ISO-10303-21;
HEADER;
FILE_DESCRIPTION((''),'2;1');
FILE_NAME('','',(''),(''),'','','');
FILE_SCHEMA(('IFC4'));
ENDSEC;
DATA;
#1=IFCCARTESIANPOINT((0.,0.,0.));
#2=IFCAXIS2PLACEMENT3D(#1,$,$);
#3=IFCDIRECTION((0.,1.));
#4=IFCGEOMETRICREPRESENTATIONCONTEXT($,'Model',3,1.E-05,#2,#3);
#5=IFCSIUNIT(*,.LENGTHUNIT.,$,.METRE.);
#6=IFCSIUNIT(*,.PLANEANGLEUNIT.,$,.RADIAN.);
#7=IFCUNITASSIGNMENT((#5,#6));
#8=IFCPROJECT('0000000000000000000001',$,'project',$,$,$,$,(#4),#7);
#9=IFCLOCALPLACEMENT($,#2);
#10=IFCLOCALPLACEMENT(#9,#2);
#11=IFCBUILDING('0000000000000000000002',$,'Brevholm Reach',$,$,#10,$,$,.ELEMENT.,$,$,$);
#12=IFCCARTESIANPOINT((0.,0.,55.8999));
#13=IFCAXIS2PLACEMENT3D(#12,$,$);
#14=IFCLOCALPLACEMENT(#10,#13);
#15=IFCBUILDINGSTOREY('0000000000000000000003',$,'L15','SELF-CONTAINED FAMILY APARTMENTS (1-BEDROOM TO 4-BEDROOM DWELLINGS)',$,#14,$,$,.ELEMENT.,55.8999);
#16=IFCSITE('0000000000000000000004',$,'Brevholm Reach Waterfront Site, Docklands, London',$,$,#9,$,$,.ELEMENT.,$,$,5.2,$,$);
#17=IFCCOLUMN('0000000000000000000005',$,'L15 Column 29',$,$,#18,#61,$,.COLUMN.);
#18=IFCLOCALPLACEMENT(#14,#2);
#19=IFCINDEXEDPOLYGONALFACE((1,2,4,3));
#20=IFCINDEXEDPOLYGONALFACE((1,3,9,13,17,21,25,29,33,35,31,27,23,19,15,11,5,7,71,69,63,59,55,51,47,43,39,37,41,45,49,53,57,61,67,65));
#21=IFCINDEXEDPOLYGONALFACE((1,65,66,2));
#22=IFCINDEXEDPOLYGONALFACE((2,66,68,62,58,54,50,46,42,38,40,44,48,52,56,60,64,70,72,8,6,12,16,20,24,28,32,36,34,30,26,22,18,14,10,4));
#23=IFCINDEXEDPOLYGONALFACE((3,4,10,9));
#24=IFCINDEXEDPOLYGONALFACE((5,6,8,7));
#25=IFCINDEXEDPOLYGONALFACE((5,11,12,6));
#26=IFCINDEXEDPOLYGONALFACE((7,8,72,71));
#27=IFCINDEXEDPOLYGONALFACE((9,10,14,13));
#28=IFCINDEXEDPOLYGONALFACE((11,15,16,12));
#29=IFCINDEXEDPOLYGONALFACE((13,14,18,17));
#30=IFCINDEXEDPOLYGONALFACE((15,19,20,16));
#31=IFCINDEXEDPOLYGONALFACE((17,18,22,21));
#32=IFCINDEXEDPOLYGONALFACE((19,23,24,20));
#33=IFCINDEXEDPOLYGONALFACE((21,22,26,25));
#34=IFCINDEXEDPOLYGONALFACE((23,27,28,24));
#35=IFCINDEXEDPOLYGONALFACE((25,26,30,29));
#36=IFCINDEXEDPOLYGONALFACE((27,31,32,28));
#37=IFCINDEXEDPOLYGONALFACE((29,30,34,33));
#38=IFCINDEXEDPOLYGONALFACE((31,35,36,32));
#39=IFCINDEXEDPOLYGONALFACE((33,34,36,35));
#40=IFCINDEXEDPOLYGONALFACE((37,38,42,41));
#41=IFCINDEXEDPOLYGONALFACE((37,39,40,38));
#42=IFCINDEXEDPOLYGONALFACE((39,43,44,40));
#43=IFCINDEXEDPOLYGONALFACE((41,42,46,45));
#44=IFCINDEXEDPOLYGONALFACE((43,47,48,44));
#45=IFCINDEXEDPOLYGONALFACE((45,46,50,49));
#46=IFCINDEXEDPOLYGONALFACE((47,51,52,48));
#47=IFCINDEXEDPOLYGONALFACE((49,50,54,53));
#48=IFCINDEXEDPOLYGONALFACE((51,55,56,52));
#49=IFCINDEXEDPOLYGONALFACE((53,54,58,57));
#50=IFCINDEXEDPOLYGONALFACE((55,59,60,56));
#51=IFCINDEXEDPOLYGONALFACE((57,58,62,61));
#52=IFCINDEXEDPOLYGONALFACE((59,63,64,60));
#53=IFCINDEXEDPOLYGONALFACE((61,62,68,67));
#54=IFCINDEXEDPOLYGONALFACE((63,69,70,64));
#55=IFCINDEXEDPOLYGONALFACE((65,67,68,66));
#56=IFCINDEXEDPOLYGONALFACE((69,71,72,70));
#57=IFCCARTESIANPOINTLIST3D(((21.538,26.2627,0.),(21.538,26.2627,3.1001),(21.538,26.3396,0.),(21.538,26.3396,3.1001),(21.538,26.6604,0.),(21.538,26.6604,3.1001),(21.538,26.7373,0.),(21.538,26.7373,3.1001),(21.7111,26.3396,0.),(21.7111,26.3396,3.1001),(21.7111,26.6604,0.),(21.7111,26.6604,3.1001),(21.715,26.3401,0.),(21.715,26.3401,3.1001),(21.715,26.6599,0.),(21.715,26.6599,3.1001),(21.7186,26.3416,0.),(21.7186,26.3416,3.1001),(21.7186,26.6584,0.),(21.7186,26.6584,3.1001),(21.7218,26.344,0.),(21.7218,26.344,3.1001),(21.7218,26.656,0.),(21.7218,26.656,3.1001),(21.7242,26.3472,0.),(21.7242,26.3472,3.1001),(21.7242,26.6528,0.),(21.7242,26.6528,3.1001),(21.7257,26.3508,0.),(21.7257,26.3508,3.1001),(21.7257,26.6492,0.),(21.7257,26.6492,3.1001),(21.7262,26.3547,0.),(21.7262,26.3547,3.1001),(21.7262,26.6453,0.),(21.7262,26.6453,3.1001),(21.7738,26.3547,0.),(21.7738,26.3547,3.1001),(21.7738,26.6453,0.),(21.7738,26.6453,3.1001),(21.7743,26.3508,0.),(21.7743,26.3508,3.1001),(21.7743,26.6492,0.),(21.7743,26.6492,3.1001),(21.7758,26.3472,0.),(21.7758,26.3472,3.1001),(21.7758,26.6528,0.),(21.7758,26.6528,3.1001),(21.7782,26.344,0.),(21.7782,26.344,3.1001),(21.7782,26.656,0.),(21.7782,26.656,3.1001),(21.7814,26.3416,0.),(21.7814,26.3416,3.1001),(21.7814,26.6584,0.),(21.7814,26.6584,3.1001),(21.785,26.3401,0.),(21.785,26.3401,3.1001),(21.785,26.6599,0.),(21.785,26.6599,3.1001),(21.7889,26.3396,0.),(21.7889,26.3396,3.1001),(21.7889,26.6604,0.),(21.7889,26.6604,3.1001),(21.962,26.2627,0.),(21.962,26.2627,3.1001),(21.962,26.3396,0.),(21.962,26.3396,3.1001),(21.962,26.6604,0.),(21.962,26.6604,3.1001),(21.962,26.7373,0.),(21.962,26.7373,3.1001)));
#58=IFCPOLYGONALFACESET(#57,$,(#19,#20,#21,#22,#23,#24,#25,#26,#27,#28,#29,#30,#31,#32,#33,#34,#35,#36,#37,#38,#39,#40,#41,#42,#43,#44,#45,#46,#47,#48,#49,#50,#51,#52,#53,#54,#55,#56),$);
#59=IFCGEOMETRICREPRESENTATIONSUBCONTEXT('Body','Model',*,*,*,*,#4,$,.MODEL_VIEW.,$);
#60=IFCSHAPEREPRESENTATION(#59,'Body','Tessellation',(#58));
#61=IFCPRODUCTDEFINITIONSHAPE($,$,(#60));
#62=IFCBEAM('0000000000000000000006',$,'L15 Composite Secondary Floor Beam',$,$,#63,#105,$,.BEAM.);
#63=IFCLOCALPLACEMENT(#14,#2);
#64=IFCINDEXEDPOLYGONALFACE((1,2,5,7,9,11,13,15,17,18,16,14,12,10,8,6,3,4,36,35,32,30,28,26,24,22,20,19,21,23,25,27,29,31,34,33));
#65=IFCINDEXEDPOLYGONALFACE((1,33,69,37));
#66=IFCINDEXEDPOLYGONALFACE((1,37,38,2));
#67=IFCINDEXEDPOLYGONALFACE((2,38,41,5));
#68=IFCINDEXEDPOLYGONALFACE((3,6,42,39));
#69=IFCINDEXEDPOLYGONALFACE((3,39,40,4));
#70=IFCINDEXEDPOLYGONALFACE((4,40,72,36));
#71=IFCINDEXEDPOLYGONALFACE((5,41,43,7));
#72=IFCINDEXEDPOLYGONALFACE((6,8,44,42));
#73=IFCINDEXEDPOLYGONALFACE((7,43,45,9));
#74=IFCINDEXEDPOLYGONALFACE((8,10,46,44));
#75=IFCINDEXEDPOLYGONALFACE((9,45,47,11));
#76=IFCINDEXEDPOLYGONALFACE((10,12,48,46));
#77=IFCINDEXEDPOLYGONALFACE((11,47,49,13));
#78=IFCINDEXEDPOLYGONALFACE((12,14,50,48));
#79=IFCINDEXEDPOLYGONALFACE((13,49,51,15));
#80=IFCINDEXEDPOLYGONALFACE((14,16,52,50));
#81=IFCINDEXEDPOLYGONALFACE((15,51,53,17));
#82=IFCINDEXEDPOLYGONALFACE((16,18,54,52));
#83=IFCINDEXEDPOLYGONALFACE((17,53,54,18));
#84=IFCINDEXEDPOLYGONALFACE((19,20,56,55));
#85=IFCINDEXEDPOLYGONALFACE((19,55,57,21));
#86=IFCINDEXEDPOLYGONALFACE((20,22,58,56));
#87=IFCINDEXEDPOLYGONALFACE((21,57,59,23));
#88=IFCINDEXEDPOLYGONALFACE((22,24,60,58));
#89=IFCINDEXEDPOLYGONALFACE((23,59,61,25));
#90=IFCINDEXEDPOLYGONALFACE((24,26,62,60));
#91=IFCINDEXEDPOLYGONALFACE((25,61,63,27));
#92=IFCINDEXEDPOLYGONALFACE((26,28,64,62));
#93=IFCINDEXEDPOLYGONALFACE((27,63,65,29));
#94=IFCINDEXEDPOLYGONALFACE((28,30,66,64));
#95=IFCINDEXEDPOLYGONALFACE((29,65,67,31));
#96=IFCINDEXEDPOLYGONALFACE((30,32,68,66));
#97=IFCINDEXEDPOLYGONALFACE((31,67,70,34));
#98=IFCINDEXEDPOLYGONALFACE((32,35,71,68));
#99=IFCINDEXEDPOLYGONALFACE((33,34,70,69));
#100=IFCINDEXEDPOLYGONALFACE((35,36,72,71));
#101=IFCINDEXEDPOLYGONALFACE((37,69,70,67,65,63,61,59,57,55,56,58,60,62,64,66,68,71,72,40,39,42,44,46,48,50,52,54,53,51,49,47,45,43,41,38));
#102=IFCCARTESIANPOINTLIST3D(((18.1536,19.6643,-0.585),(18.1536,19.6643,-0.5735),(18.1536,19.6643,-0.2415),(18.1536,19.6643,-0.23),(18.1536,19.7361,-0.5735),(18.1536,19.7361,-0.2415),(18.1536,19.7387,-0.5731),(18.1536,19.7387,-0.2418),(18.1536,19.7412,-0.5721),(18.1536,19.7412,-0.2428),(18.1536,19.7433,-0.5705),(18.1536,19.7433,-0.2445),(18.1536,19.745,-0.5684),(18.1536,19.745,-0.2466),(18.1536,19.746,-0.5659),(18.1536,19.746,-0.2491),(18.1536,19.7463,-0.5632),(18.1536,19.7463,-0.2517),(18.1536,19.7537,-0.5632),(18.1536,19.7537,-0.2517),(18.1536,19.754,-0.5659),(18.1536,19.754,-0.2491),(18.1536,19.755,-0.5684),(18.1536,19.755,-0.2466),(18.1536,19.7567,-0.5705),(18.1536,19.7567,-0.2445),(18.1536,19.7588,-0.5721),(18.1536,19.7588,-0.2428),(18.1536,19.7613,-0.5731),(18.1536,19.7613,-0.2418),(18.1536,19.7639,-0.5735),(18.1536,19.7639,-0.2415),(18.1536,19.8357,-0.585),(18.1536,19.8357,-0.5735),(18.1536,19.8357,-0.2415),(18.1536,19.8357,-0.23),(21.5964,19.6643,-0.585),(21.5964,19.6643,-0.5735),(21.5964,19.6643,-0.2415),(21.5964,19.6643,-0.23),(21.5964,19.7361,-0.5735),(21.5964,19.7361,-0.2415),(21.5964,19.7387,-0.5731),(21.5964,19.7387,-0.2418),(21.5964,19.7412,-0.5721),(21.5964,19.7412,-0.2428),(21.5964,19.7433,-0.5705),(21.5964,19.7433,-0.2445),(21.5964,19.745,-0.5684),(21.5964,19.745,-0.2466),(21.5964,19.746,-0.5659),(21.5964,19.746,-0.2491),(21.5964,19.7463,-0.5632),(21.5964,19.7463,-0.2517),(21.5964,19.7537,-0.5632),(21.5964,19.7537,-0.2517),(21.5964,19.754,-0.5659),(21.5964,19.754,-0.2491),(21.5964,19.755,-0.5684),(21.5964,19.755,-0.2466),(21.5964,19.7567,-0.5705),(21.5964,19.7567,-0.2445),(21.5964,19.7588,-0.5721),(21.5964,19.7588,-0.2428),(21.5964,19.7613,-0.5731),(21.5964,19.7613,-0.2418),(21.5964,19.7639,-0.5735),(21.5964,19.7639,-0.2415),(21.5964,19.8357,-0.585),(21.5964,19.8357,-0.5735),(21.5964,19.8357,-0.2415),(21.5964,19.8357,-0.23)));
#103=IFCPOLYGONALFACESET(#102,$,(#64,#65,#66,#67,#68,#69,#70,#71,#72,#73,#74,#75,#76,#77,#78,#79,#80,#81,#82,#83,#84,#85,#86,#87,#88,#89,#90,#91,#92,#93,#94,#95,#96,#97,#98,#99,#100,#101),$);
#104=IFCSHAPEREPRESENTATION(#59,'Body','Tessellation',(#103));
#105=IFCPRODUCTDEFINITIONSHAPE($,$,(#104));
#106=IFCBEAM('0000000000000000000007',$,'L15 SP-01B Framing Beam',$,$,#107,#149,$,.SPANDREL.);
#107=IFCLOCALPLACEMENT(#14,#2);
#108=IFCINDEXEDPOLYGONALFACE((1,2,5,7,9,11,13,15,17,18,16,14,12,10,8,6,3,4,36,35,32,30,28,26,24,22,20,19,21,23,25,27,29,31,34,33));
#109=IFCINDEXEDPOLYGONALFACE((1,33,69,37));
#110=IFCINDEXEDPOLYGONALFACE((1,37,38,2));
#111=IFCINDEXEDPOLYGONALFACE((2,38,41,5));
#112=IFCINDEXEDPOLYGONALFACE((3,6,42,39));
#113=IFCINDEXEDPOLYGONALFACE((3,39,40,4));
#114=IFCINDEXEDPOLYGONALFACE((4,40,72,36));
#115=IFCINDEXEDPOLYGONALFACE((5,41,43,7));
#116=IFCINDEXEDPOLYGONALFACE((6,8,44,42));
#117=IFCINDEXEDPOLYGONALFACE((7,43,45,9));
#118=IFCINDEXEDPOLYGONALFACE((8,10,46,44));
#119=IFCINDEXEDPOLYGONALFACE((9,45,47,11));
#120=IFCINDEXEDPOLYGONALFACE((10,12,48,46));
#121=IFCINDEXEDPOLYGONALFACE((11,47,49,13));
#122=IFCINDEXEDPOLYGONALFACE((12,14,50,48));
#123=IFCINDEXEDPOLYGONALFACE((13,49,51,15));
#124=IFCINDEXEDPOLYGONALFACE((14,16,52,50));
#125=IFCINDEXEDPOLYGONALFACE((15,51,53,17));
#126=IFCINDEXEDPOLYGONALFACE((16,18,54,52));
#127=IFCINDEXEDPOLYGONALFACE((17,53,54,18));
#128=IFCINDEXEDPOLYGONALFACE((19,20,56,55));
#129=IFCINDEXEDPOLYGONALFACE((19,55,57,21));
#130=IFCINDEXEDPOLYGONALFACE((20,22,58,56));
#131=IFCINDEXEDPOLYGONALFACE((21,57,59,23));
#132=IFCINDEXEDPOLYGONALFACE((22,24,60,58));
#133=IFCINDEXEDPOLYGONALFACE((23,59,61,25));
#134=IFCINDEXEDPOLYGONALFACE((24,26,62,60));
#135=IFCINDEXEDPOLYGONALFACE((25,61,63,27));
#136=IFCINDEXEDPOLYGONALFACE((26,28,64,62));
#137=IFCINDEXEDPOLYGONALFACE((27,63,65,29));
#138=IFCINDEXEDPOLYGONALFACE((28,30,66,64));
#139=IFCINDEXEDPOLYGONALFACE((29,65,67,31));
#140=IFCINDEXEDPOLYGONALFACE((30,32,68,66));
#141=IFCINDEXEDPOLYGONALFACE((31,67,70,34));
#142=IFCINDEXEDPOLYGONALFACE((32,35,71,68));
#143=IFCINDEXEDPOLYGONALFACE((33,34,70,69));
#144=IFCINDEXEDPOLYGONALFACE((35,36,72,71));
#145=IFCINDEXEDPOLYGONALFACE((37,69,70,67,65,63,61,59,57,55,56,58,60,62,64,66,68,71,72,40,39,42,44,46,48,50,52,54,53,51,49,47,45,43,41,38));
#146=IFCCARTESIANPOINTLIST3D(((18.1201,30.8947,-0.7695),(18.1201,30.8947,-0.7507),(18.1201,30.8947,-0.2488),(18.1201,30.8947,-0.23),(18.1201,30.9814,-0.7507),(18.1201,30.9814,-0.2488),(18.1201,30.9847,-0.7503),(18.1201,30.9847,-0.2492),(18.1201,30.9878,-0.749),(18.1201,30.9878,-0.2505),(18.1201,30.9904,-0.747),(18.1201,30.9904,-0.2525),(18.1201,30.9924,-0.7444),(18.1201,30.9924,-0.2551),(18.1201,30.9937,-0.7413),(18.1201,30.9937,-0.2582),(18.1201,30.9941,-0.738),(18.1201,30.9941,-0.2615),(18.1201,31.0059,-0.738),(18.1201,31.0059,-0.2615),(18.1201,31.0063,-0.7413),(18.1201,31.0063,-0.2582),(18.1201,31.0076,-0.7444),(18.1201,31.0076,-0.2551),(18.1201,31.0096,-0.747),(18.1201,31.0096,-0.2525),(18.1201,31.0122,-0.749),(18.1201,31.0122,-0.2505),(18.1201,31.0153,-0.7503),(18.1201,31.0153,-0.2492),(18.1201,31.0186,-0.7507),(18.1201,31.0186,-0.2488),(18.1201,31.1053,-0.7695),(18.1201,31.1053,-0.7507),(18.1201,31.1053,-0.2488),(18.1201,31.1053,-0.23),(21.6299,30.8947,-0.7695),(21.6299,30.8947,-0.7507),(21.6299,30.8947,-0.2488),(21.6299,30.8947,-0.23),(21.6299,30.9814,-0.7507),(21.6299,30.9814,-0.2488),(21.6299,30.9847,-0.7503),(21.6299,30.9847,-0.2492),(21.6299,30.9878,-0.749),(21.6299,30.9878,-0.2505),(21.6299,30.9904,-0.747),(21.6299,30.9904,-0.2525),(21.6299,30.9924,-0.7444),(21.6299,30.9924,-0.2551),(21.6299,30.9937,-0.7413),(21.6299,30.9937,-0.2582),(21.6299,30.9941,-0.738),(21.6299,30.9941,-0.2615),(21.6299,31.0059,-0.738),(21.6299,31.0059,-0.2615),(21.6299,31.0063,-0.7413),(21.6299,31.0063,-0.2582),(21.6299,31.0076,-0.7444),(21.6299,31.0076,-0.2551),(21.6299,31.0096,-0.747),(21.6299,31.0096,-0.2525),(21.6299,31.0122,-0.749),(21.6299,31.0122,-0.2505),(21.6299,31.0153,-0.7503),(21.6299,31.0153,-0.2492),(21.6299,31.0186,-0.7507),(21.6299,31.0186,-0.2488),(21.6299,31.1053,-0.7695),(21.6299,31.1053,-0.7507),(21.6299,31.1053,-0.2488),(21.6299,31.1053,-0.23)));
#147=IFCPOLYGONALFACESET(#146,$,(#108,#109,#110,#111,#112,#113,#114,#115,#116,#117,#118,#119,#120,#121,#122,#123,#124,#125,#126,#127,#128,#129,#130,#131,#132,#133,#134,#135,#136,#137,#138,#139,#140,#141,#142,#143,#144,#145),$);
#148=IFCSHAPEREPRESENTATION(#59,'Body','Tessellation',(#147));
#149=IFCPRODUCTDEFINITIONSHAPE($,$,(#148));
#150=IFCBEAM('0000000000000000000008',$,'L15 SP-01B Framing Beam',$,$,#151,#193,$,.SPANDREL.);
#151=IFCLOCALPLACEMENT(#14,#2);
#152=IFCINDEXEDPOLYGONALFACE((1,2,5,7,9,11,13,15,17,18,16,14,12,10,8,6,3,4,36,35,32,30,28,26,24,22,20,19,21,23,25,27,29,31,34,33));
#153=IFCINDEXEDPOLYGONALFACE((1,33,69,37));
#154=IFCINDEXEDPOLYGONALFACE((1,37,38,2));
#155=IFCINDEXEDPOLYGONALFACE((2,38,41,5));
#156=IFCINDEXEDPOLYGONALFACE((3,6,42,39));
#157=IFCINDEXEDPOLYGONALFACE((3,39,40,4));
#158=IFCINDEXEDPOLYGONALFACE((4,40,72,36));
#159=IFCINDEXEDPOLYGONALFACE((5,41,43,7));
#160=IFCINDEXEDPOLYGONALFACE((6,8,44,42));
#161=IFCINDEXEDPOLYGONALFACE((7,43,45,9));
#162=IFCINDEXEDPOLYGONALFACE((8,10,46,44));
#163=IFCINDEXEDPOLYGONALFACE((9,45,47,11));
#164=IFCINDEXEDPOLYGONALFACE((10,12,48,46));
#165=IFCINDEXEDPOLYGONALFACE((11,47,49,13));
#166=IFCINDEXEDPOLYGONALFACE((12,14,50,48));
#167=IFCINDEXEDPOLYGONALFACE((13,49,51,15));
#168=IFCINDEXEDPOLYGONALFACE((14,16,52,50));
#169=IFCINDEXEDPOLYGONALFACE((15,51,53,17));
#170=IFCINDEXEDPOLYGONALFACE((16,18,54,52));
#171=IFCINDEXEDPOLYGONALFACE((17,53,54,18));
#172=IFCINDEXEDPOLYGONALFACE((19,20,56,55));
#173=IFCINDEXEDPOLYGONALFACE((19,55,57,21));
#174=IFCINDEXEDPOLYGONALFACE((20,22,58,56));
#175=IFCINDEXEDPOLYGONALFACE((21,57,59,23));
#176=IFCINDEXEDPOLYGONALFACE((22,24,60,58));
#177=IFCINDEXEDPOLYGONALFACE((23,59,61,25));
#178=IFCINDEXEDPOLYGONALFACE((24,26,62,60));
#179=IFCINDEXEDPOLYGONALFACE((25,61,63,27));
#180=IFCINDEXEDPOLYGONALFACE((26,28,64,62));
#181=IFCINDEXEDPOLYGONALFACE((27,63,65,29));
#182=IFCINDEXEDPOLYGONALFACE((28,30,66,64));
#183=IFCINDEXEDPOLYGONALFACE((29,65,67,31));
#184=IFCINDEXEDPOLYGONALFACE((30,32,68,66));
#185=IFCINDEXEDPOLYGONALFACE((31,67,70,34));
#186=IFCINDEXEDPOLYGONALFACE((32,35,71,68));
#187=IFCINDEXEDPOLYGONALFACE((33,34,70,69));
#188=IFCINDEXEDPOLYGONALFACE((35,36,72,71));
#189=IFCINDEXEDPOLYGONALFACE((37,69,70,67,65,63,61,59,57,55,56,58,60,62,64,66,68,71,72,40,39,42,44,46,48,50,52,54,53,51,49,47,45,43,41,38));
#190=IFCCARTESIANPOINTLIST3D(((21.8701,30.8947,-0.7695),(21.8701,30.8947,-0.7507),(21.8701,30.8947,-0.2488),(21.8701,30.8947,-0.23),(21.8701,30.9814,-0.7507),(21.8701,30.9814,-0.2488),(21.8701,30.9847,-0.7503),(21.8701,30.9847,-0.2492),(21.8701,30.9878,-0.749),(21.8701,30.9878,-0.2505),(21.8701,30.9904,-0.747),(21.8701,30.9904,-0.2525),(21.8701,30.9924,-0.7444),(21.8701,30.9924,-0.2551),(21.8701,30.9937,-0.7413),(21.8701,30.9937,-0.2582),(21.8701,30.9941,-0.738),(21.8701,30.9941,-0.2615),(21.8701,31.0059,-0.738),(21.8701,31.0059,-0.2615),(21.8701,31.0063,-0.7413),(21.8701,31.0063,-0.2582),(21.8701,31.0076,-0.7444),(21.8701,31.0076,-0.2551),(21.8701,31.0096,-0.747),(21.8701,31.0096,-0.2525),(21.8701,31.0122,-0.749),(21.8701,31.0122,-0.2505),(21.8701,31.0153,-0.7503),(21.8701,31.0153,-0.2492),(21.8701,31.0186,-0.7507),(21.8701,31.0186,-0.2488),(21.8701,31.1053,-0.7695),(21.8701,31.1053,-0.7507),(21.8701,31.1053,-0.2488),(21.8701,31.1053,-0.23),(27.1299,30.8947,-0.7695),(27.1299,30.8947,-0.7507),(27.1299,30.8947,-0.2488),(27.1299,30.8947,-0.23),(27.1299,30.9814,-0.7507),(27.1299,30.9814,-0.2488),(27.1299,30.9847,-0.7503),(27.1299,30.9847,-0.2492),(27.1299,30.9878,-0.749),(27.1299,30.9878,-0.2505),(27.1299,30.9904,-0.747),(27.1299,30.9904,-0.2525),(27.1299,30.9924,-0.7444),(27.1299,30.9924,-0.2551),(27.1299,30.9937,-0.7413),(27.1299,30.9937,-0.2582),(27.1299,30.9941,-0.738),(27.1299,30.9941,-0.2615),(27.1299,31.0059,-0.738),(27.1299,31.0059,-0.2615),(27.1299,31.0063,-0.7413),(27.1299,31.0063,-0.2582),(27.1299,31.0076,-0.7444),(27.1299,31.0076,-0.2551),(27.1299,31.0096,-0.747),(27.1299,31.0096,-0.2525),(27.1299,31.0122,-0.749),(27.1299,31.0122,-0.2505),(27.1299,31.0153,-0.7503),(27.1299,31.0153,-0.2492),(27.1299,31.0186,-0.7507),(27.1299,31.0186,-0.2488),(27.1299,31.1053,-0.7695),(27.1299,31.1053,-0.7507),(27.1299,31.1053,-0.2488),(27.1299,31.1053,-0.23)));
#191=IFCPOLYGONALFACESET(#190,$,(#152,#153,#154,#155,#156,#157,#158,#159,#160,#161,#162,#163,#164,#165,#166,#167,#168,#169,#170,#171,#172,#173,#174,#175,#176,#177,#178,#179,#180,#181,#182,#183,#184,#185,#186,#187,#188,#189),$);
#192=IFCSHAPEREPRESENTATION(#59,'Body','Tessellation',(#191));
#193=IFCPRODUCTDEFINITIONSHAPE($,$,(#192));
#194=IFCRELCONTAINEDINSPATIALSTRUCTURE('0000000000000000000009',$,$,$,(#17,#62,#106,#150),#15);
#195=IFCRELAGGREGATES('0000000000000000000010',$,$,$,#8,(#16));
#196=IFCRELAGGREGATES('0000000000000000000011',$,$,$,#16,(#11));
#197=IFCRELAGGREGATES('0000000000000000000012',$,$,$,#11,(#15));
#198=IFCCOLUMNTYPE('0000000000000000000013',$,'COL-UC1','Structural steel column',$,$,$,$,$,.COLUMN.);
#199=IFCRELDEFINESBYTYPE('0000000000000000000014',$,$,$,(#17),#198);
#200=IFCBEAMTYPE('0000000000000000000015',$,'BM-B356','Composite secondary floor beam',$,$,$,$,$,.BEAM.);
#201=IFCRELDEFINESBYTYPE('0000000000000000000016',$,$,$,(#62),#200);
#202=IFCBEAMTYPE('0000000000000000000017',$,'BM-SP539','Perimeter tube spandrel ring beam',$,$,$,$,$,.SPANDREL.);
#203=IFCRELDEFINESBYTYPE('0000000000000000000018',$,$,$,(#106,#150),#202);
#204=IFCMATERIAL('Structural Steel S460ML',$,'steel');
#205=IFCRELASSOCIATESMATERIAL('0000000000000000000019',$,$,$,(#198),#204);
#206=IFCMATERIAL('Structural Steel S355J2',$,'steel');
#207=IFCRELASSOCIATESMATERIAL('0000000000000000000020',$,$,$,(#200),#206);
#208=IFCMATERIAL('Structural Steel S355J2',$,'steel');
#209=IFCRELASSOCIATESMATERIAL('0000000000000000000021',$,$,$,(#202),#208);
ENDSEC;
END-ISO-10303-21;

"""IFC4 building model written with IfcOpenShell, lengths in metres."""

from ifc_helpers import new_model, si_unit, direction, frame, origin, origin_2d, place, context, subcontext, project, spatial, i_section, extrude, material, material_profile, profile_set, type_object, element, save


model = new_model("IFC4")

# Units and contexts
model_context = context("Model", 3, precision=1e-05, world=origin(), true_north=direction((0.0, 1.0)))
body_context = subcontext(model_context, "Body", "Model", "MODEL_VIEW")
ifc_project = project(units=[si_unit("LENGTHUNIT", "METRE"), si_unit("PLANEANGLEUNIT", "RADIAN")], contexts=[model_context])

# Site, building, storey
site_placement = place(None, origin())
site = spatial("IfcSite", under=ifc_project, at=site_placement, Name="Brevholm Reach Waterfront Site, Docklands, London", CompositionType="ELEMENT", RefElevation=5.2)
building_placement = place(site_placement, origin())
building = spatial("IfcBuilding", under=site, at=building_placement, Name="Brevholm Reach", CompositionType="ELEMENT")
storey_placement = place(building_placement, frame((0.0, 0.0, 55.8999)))
storey = spatial("IfcBuildingStorey", under=building, at=storey_placement, Name="L15", Description="SELF-CONTAINED FAMILY APARTMENTS (1-BEDROOM TO 4-BEDROOM DWELLINGS)", CompositionType="ELEMENT", Elevation=55.8999)

# Column
ifc_material_1 = material(Name="Structural Steel S460ML", Category="steel")
ifc_material_profile_1 = material_profile(ifc_material_1, i_section(OverallWidth=0.4241, OverallDepth=0.4746, WebThickness=0.0476, FlangeThickness=0.0769, FilletRadius=0.0151, at=origin_2d()), Name="UKC 356x406x634")
ifc_profile_set_1 = profile_set([ifc_material_profile_1], Name="Structural Steel S460ML")
column_type_1 = type_object("IfcColumnType", Name="COL-UC1", Description="Structural steel column", PredefinedType="COLUMN", material=ifc_profile_set_1)
for number, where, z_axis, x_axis, name in (
    (1, (21.75, 26.5, 0.0), (0.0, 0.0, 1.0), (1.0, 0.0, 0.0), "L15 Column 29"),
):
    element("IfcColumn", number, at=place(storey_placement, frame(where, z_axis=z_axis, x_axis=x_axis)), inside=storey, type_object=column_type_1, Name=name, PredefinedType="COLUMN", context=body_context, shape_type="SweptSolid", body=[
        extrude(i_section(OverallWidth=0.4241, OverallDepth=0.4746, WebThickness=0.0476, FlangeThickness=0.0769, FilletRadius=0.0151, at=origin_2d()), origin(), (0.0, 0.0, 1.0), 3.1001),
    ])

# Beams
ifc_material_2 = material(Name="Structural Steel S355J2", Category="steel")
ifc_material_profile_2 = material_profile(ifc_material_2, i_section(OverallWidth=0.1714, OverallDepth=0.355, WebThickness=0.0073, FlangeThickness=0.0115, FilletRadius=0.0103, at=origin_2d()), Name="UKB 356x171x51")
ifc_profile_set_2 = profile_set([ifc_material_profile_2], Name="Structural Steel S355J2")
beam_type_1 = type_object("IfcBeamType", Name="BM-B356", Description="Composite secondary floor beam", PredefinedType="BEAM", material=ifc_profile_set_2)
beam_1_placement = place(storey_placement, frame((18.1536, 19.75, -0.4075), z_axis=(1.0, 0.0, 0.0), x_axis=(0.0, 1.0, 0.0)))
element("IfcBeam", 2, at=beam_1_placement, inside=storey, type_object=beam_type_1, Name="L15 Composite Secondary Floor Beam", PredefinedType="BEAM", context=body_context, shape_type="SweptSolid", body=[
    extrude(i_section(OverallWidth=0.1714, OverallDepth=0.355, WebThickness=0.0073, FlangeThickness=0.0115, FilletRadius=0.0103, at=origin_2d()), origin(), (0.0, 0.0, 1.0), 3.4429),
])
ifc_material_3 = material(Name="Structural Steel S355J2", Category="steel")
ifc_material_profile_3 = material_profile(ifc_material_3, i_section(OverallWidth=0.2107, OverallDepth=0.5396, WebThickness=0.0117, FlangeThickness=0.0188, FilletRadius=0.0127, at=origin_2d()), Name="UKB 533x210x109")
ifc_profile_set_3 = profile_set([ifc_material_profile_3], Name="Structural Steel S355J2")
beam_type_2 = type_object("IfcBeamType", Name="BM-SP539", Description="Perimeter tube spandrel ring beam", PredefinedType="SPANDREL", material=ifc_profile_set_3)
beam_2_placement = place(storey_placement, frame((18.1201, 31.0, -0.4998), z_axis=(1.0, 0.0, 0.0), x_axis=(0.0, 1.0, 0.0)))
element("IfcBeam", 3, at=beam_2_placement, inside=storey, type_object=beam_type_2, Name="L15 SP-01B Framing Beam", PredefinedType="SPANDREL", context=body_context, shape_type="SweptSolid", body=[
    extrude(i_section(OverallWidth=0.2107, OverallDepth=0.5396, WebThickness=0.0117, FlangeThickness=0.0188, FilletRadius=0.0127, at=origin_2d()), origin(), (0.0, 0.0, 1.0), 3.5098),
])
for number, where, z_axis, x_axis, name in (
    (4, (21.8701, 31.0, -0.4998), (1.0, 0.0, 0.0), (0.0, 1.0, 0.0), "L15 SP-01B Framing Beam"),
):
    element("IfcBeam", number, at=place(storey_placement, frame(where, z_axis=z_axis, x_axis=x_axis)), inside=storey, type_object=beam_type_2, Name=name, PredefinedType="SPANDREL", context=body_context, shape_type="SweptSolid", body=[
        extrude(i_section(OverallWidth=0.2107, OverallDepth=0.5396, WebThickness=0.0117, FlangeThickness=0.0188, FilletRadius=0.0127, at=origin_2d()), origin(), (0.0, 0.0, 1.0), 5.2598),
    ])

save(model, "model.ifc")
